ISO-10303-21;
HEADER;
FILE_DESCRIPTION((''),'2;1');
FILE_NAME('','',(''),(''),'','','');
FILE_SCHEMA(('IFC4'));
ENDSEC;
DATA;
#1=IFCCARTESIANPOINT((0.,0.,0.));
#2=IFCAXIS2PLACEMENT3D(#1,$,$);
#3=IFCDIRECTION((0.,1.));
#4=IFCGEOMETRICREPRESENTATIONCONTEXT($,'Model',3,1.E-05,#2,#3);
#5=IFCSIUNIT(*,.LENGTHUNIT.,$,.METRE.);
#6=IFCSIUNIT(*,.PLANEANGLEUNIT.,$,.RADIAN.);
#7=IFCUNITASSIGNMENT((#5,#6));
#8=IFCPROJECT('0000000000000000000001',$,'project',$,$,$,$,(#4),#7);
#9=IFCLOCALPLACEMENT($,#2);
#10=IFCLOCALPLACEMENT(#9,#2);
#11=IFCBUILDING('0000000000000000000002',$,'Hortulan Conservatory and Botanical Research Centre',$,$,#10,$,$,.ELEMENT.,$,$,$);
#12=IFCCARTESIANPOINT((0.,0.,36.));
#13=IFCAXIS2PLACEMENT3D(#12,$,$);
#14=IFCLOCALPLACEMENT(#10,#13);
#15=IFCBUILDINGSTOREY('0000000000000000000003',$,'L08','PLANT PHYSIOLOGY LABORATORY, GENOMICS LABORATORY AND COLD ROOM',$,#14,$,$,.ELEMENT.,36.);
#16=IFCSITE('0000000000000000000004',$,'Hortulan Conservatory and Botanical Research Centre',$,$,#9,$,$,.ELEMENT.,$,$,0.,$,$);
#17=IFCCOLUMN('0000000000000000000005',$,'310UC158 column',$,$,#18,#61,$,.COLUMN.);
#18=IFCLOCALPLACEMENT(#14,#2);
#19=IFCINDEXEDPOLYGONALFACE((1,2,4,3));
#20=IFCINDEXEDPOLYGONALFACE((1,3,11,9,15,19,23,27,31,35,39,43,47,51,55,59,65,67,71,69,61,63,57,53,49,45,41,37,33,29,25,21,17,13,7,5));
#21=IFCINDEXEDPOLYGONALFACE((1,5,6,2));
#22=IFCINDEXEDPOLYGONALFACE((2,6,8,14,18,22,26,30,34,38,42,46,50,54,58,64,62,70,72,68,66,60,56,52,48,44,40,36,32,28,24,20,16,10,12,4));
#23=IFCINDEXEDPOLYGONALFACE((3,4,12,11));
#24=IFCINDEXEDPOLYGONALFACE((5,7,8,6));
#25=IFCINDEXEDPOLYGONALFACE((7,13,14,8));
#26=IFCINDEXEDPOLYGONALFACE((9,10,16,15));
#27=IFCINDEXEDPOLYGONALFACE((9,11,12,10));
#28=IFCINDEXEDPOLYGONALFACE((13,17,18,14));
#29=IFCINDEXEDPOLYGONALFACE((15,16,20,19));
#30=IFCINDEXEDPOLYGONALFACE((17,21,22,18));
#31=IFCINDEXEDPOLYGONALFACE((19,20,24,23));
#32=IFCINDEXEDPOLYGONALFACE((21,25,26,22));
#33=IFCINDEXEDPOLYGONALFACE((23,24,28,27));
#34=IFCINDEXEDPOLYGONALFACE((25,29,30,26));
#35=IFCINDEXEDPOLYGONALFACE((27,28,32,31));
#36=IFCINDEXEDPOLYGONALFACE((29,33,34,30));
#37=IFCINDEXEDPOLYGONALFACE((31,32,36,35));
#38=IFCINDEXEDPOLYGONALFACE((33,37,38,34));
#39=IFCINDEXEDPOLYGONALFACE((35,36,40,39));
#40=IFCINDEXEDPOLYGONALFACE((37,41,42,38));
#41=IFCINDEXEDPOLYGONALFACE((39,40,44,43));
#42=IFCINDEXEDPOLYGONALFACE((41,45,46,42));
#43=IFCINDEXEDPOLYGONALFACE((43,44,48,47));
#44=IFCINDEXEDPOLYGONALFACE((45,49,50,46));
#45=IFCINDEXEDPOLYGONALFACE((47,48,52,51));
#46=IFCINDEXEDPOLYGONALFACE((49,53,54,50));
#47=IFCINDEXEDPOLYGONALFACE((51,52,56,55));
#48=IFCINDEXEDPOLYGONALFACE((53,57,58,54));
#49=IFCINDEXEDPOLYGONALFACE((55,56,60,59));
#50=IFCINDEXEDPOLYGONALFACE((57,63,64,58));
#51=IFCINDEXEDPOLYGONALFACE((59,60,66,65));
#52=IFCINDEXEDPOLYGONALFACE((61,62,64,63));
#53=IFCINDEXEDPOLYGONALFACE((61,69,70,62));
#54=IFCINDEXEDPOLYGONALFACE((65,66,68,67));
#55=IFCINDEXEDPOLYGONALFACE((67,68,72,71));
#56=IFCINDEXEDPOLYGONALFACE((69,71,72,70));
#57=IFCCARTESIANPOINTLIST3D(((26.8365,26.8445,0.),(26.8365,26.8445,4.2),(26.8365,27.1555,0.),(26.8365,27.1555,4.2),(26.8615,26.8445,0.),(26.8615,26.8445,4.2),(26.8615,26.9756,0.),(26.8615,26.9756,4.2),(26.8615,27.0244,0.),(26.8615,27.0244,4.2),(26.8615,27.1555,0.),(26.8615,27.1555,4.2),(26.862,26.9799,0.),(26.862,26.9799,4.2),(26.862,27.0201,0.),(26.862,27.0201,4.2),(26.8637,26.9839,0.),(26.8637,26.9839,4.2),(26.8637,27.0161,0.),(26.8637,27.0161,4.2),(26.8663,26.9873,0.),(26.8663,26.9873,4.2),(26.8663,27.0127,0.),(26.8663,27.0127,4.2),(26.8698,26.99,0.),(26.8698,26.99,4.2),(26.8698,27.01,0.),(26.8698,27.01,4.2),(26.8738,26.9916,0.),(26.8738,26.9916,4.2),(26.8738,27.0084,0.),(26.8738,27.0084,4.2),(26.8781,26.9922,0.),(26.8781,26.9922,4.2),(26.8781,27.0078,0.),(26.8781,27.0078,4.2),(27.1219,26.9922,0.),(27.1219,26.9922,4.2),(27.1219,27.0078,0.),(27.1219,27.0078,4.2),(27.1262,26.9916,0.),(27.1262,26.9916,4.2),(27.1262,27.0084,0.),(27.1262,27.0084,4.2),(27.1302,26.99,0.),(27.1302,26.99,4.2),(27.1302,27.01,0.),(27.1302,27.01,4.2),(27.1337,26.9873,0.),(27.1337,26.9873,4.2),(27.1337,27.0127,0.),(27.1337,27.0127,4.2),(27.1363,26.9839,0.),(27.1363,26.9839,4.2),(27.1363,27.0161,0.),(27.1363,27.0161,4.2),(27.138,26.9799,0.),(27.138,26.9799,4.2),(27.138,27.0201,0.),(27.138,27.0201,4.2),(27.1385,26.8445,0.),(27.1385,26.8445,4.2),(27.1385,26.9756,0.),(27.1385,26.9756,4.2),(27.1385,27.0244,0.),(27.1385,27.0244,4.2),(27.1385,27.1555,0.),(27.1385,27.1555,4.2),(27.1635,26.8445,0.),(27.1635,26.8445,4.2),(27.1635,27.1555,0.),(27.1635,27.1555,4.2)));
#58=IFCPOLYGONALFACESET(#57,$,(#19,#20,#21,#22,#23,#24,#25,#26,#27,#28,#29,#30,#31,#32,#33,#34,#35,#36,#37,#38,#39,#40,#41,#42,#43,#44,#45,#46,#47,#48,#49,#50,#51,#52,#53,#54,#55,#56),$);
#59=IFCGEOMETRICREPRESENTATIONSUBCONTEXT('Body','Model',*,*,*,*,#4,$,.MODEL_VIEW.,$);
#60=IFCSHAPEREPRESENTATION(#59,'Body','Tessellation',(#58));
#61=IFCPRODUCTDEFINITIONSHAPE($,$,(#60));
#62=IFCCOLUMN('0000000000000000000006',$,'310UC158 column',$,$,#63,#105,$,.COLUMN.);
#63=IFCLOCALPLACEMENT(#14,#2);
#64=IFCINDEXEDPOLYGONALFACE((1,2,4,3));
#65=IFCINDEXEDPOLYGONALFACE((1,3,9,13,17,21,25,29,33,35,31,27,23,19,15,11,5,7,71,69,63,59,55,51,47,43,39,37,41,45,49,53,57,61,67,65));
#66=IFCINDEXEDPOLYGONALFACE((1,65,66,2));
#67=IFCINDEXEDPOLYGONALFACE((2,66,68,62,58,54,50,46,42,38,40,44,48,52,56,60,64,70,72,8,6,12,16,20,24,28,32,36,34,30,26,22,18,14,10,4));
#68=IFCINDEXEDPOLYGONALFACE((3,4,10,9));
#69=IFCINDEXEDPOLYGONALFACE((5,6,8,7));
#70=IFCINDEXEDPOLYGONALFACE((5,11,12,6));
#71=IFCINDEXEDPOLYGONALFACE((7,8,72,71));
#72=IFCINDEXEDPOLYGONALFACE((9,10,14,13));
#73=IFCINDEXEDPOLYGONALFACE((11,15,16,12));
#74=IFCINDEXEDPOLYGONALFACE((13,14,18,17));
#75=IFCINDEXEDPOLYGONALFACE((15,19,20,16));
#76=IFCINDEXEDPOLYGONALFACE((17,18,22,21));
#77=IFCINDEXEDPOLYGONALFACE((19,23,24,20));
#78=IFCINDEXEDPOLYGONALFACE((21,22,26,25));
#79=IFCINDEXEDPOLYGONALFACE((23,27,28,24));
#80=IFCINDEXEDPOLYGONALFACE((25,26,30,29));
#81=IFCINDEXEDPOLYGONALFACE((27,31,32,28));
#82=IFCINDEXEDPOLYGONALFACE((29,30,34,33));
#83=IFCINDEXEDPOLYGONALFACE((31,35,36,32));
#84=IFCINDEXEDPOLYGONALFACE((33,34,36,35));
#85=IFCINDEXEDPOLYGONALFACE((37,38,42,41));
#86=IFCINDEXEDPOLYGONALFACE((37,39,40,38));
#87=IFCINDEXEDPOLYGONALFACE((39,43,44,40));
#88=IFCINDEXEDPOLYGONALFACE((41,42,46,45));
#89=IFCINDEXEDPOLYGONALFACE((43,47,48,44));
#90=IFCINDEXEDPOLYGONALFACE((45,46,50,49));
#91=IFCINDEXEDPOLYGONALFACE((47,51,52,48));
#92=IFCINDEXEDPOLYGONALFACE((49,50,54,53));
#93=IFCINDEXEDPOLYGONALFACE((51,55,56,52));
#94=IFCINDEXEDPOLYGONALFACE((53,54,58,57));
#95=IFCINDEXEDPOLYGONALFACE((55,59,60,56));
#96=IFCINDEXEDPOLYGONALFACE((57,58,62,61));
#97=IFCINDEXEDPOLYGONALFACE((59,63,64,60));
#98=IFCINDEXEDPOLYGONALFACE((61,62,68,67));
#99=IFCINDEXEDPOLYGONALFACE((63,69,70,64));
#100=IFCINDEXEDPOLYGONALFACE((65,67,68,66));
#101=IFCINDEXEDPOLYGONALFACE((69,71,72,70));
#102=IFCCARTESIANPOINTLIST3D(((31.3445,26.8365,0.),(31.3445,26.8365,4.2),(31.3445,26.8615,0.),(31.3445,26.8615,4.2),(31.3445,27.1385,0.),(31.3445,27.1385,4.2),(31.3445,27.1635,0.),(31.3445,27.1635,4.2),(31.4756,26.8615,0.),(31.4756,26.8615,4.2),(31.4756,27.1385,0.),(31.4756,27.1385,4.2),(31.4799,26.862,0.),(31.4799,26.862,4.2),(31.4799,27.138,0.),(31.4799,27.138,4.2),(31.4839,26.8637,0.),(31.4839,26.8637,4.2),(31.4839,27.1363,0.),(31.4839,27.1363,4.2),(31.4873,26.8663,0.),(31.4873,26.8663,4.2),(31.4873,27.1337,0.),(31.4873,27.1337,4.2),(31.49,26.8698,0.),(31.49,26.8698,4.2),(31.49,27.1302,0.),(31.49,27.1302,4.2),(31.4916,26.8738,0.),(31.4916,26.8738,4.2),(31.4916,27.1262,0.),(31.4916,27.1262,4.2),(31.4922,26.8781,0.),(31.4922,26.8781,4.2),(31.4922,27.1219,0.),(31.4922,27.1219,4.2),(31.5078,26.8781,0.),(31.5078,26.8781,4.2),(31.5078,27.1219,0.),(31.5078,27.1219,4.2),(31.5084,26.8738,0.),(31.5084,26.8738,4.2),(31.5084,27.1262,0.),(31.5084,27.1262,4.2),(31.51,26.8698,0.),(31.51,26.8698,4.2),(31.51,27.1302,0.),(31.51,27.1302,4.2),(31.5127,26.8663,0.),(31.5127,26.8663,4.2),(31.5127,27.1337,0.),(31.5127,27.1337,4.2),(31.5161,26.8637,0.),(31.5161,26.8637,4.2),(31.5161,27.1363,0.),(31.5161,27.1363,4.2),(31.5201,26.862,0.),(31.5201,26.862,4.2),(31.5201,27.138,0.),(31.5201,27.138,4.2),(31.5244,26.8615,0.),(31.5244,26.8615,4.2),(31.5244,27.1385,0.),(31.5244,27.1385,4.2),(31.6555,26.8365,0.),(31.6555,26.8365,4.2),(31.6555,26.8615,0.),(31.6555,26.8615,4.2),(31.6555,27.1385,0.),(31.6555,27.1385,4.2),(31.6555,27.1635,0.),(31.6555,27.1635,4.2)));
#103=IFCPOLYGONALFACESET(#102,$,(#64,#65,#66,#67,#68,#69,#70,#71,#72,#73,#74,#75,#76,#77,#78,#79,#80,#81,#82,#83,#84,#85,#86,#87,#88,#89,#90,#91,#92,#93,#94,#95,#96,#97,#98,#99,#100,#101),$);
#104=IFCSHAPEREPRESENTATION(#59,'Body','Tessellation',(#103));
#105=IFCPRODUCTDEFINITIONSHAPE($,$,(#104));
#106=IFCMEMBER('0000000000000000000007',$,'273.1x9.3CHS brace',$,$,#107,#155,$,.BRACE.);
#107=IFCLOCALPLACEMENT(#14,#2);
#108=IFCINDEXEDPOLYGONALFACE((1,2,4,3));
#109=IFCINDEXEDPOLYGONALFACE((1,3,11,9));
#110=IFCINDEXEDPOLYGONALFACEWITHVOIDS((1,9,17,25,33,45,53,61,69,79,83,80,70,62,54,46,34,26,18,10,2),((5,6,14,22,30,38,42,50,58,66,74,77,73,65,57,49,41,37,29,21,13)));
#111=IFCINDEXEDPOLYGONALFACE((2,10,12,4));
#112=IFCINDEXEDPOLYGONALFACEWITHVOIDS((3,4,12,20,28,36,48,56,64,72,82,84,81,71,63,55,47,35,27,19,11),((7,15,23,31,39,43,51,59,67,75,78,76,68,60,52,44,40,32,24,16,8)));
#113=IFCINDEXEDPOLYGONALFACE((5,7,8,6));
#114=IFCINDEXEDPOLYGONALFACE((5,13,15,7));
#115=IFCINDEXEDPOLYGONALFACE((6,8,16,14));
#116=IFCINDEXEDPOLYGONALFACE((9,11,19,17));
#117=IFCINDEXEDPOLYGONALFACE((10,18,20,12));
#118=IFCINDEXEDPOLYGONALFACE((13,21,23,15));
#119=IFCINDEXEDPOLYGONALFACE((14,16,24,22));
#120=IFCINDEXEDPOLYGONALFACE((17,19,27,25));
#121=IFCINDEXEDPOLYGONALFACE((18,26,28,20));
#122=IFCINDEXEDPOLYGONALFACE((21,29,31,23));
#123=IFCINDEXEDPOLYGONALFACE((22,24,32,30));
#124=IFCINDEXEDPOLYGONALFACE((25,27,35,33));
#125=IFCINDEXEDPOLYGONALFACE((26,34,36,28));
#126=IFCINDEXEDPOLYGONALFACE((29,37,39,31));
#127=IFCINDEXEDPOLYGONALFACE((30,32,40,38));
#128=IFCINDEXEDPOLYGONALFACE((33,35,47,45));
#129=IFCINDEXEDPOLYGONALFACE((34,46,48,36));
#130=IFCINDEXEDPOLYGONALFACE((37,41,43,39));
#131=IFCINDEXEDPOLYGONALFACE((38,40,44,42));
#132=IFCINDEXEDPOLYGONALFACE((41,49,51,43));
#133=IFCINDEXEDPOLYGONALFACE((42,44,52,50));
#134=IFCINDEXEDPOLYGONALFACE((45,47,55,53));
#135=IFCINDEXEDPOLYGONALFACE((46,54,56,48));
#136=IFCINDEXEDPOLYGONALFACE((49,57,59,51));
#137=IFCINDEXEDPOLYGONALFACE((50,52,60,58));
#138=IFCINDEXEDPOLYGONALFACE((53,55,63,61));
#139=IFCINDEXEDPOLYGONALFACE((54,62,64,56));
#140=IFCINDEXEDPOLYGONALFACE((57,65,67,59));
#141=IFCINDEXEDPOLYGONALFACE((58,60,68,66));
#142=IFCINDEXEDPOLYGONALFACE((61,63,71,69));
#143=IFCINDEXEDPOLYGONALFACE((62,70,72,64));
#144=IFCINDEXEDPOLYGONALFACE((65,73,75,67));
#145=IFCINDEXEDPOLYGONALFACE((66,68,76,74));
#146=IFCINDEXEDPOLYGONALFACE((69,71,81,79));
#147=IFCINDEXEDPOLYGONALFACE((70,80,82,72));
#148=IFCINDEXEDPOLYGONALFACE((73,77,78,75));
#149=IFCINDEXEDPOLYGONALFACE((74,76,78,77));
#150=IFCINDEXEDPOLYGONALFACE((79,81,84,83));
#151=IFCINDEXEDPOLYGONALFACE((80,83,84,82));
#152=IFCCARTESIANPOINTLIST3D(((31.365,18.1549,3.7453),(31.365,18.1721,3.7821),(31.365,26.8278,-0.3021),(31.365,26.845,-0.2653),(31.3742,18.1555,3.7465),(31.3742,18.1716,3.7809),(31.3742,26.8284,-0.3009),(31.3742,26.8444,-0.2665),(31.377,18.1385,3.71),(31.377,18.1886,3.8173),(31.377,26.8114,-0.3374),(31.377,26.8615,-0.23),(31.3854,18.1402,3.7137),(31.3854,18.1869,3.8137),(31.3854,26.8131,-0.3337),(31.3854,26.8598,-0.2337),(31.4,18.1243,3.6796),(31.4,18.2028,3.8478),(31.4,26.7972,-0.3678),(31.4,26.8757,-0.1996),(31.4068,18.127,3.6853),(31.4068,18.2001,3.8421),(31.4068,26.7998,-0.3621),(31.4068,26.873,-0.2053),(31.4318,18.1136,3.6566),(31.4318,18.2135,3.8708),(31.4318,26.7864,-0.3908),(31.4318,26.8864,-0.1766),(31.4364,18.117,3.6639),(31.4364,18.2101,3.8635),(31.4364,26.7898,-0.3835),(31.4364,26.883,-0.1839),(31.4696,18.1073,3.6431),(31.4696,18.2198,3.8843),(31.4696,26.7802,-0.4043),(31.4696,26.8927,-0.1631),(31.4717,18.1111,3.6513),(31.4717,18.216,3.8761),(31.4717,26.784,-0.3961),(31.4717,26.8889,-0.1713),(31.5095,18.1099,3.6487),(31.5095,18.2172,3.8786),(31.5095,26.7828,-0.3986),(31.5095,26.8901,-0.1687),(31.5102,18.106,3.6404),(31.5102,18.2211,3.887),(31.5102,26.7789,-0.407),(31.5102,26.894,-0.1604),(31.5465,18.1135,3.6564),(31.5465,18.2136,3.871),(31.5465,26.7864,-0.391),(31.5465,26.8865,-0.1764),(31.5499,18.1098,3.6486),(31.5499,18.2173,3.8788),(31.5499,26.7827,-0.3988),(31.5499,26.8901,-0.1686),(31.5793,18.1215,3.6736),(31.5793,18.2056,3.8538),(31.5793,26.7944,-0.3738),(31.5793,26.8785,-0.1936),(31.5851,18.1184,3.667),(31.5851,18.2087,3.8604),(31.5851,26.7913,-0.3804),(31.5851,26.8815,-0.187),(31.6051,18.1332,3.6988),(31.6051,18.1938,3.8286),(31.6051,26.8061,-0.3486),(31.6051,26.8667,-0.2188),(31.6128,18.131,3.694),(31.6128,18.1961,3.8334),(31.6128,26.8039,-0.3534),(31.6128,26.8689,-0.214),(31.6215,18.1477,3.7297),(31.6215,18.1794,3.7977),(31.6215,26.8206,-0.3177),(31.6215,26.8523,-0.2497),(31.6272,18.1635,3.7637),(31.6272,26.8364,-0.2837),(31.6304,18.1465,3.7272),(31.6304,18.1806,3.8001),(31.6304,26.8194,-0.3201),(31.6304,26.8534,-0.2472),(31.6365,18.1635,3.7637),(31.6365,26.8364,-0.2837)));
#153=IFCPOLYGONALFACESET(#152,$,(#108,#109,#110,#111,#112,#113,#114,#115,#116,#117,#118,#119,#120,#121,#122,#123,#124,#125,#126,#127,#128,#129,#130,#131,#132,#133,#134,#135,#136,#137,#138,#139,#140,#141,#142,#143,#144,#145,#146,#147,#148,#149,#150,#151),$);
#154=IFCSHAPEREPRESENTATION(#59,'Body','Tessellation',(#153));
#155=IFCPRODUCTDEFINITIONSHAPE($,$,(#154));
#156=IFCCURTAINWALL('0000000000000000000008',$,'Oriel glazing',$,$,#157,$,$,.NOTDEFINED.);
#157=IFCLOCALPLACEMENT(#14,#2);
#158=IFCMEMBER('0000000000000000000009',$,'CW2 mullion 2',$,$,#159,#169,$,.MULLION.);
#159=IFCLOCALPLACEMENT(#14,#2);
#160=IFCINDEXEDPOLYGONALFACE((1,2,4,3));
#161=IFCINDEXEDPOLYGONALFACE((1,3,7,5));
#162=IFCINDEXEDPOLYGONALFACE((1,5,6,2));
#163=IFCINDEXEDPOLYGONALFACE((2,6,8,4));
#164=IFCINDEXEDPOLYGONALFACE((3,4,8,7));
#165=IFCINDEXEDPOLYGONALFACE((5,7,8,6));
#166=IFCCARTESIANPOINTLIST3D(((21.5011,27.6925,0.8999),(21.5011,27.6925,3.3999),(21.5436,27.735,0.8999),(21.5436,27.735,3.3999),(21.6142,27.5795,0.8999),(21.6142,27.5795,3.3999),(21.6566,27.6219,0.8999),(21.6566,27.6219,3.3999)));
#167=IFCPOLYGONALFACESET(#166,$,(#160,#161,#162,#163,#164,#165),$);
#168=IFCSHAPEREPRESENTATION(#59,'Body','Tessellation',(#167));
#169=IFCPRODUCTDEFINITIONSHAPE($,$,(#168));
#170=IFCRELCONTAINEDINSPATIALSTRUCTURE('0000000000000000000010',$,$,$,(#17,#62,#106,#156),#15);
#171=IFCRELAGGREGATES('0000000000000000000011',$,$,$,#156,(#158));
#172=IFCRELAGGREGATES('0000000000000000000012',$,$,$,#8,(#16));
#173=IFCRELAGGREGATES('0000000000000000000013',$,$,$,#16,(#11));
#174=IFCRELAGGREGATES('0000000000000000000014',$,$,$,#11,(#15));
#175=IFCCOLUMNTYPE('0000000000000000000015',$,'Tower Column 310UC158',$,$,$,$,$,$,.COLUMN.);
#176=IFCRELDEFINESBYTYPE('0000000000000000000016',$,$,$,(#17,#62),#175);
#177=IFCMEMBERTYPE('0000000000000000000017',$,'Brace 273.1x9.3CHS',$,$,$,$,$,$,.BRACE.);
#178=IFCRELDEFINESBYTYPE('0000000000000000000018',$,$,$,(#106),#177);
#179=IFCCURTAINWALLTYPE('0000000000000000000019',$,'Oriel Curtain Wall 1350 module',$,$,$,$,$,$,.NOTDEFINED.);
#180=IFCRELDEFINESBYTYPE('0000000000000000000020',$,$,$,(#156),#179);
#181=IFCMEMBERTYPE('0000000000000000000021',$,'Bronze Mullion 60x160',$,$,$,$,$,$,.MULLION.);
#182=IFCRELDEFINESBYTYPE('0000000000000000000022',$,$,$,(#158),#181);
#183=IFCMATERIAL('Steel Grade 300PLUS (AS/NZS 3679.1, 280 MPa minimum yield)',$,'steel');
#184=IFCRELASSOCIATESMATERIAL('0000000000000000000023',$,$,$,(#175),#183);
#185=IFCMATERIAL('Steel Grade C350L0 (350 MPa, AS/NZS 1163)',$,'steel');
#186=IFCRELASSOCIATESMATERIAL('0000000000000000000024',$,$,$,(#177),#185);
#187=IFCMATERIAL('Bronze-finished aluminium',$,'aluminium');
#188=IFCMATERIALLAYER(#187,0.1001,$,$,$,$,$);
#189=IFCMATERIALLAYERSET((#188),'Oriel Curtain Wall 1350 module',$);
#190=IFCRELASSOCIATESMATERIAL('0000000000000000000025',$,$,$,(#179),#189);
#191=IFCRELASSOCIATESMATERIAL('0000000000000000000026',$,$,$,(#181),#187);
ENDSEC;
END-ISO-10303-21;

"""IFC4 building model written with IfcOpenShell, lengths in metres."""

from ifc_helpers import new_model, si_unit, direction, frame, origin, origin_2d, place, context, subcontext, project, spatial, rectangle, hollow_circle, i_section, extrude, material, layer, layer_set, material_profile, profile_set, type_object, element, aggregate, save


model = new_model("IFC4")

# Units and contexts
model_context = context("Model", 3, precision=1e-05, world=origin(), true_north=direction((0.0, 1.0)))
body_context = subcontext(model_context, "Body", "Model", "MODEL_VIEW")
ifc_project = project(units=[si_unit("LENGTHUNIT", "METRE"), si_unit("PLANEANGLEUNIT", "RADIAN")], contexts=[model_context])

# Site, building, storey
site_placement = place(None, origin())
site = spatial("IfcSite", under=ifc_project, at=site_placement, Name="Hortulan Conservatory and Botanical Research Centre", CompositionType="ELEMENT", RefElevation=0.0)
building_placement = place(site_placement, origin())
building = spatial("IfcBuilding", under=site, at=building_placement, Name="Hortulan Conservatory and Botanical Research Centre", CompositionType="ELEMENT")
storey_placement = place(building_placement, frame((0.0, 0.0, 36.0)))
storey = spatial("IfcBuildingStorey", under=building, at=storey_placement, Name="L08", Description="PLANT PHYSIOLOGY LABORATORY, GENOMICS LABORATORY AND COLD ROOM", CompositionType="ELEMENT", Elevation=36.0)

# Columns
ifc_material_1 = material(Name="Steel Grade 300PLUS (AS/NZS 3679.1, 280 MPa minimum yield)", Category="steel")
ifc_material_profile_1 = material_profile(ifc_material_1, i_section(OverallWidth=0.311, OverallDepth=0.3269, WebThickness=0.0156, FlangeThickness=0.0249, FilletRadius=0.0166, at=origin_2d()), Name="310UC158")
ifc_profile_set_1 = profile_set([ifc_material_profile_1], Name="Steel Grade 300PLUS (AS/NZS 3679.1, 280 MPa minimum yield)")
column_type = type_object("IfcColumnType", Name="Tower Column 310UC158", PredefinedType="COLUMN", material=ifc_profile_set_1)
for number, where, z_axis, x_axis, name in (
    (1, (27.0, 27.0, 0.0), (0.0, 0.0, 1.0), (0.0, 1.0, 0.0), "310UC158 column"),
    (2, (31.5, 27.0, 0.0), (0.0, 0.0, 1.0), (1.0, 0.0, 0.0), "310UC158 column"),
):
    element("IfcColumn", number, at=place(storey_placement, frame(where, z_axis=z_axis, x_axis=x_axis)), inside=storey, type_object=column_type, Name=name, PredefinedType="COLUMN", context=body_context, shape_type="SweptSolid", body=[
        extrude(i_section(OverallWidth=0.311, OverallDepth=0.3269, WebThickness=0.0156, FlangeThickness=0.0249, FilletRadius=0.0166, at=origin_2d()), origin(), (0.0, 0.0, 1.0), 4.2),
    ])

# Member
ifc_material_2 = material(Name="Steel Grade C350L0 (350 MPa, AS/NZS 1163)", Category="steel")
ifc_material_profile_2 = material_profile(ifc_material_2, hollow_circle(Radius=0.1365, WallThickness=0.0093, at=origin_2d()), Name="273.1x9.3CHS")
ifc_profile_set_2 = profile_set([ifc_material_profile_2], Name="Steel Grade C350L0 (350 MPa, AS/NZS 1163)")
member_type_1 = type_object("IfcMemberType", Name="Brace 273.1x9.3CHS", PredefinedType="BRACE", material=ifc_profile_set_2)
member_1_placement = place(storey_placement, frame((31.5, 26.8364, -0.2837), z_axis=(0.0, -0.906182, 0.422888), x_axis=(1.0, 0.0, 0.0)))
element("IfcMember", 3, at=member_1_placement, inside=storey, type_object=member_type_1, Name="273.1x9.3CHS brace", PredefinedType="BRACE", context=body_context, shape_type="SweptSolid", body=[
    extrude(hollow_circle(Radius=0.1365, WallThickness=0.0093, at=origin_2d()), origin(), (0.0, 0.0, 1.0), 9.5708),
])

# Curtain wall, member
ifc_material_3 = material(Name="Bronze-finished aluminium", Category="aluminium")
ifc_layer_1 = layer(ifc_material_3, 0.1001)
ifc_layer_set_1 = layer_set([ifc_layer_1], Name="Oriel Curtain Wall 1350 module")
curtain_wall_type = type_object("IfcCurtainWallType", Name="Oriel Curtain Wall 1350 module", PredefinedType="NOTDEFINED", material=ifc_layer_set_1)
curtain_wall_placement = place(storey_placement, origin())
curtain_wall = element("IfcCurtainWall", 4, at=curtain_wall_placement, inside=storey, type_object=curtain_wall_type, Name="Oriel glazing", PredefinedType="NOTDEFINED")
ifc_material_profile_3 = material_profile(ifc_material_3, rectangle(XDim=0.0601, YDim=0.1599, at=origin_2d()), Name="Bronze Mullion 60x160")
ifc_profile_set_3 = profile_set([ifc_material_profile_3], Name="Bronze-finished aluminium")
member_type_2 = type_object("IfcMemberType", Name="Bronze Mullion 60x160", PredefinedType="MULLION", material=ifc_profile_set_3)
member_2_placement = place(storey_placement, frame((21.5789, 27.6572, 0.8999), z_axis=(0.0, 0.0, 1.0), x_axis=(0.707107, 0.707107, 0.0)))
member_2 = element("IfcMember", 5, at=member_2_placement, type_object=member_type_2, Name="CW2 mullion 2", PredefinedType="MULLION", context=body_context, shape_type="SweptSolid", body=[
    extrude(rectangle(XDim=0.0601, YDim=0.1599, at=origin_2d()), origin(), (0.0, 0.0, 1.0), 2.5),
])

aggregate(curtain_wall, [member_2])

save(model, "model.ifc")
